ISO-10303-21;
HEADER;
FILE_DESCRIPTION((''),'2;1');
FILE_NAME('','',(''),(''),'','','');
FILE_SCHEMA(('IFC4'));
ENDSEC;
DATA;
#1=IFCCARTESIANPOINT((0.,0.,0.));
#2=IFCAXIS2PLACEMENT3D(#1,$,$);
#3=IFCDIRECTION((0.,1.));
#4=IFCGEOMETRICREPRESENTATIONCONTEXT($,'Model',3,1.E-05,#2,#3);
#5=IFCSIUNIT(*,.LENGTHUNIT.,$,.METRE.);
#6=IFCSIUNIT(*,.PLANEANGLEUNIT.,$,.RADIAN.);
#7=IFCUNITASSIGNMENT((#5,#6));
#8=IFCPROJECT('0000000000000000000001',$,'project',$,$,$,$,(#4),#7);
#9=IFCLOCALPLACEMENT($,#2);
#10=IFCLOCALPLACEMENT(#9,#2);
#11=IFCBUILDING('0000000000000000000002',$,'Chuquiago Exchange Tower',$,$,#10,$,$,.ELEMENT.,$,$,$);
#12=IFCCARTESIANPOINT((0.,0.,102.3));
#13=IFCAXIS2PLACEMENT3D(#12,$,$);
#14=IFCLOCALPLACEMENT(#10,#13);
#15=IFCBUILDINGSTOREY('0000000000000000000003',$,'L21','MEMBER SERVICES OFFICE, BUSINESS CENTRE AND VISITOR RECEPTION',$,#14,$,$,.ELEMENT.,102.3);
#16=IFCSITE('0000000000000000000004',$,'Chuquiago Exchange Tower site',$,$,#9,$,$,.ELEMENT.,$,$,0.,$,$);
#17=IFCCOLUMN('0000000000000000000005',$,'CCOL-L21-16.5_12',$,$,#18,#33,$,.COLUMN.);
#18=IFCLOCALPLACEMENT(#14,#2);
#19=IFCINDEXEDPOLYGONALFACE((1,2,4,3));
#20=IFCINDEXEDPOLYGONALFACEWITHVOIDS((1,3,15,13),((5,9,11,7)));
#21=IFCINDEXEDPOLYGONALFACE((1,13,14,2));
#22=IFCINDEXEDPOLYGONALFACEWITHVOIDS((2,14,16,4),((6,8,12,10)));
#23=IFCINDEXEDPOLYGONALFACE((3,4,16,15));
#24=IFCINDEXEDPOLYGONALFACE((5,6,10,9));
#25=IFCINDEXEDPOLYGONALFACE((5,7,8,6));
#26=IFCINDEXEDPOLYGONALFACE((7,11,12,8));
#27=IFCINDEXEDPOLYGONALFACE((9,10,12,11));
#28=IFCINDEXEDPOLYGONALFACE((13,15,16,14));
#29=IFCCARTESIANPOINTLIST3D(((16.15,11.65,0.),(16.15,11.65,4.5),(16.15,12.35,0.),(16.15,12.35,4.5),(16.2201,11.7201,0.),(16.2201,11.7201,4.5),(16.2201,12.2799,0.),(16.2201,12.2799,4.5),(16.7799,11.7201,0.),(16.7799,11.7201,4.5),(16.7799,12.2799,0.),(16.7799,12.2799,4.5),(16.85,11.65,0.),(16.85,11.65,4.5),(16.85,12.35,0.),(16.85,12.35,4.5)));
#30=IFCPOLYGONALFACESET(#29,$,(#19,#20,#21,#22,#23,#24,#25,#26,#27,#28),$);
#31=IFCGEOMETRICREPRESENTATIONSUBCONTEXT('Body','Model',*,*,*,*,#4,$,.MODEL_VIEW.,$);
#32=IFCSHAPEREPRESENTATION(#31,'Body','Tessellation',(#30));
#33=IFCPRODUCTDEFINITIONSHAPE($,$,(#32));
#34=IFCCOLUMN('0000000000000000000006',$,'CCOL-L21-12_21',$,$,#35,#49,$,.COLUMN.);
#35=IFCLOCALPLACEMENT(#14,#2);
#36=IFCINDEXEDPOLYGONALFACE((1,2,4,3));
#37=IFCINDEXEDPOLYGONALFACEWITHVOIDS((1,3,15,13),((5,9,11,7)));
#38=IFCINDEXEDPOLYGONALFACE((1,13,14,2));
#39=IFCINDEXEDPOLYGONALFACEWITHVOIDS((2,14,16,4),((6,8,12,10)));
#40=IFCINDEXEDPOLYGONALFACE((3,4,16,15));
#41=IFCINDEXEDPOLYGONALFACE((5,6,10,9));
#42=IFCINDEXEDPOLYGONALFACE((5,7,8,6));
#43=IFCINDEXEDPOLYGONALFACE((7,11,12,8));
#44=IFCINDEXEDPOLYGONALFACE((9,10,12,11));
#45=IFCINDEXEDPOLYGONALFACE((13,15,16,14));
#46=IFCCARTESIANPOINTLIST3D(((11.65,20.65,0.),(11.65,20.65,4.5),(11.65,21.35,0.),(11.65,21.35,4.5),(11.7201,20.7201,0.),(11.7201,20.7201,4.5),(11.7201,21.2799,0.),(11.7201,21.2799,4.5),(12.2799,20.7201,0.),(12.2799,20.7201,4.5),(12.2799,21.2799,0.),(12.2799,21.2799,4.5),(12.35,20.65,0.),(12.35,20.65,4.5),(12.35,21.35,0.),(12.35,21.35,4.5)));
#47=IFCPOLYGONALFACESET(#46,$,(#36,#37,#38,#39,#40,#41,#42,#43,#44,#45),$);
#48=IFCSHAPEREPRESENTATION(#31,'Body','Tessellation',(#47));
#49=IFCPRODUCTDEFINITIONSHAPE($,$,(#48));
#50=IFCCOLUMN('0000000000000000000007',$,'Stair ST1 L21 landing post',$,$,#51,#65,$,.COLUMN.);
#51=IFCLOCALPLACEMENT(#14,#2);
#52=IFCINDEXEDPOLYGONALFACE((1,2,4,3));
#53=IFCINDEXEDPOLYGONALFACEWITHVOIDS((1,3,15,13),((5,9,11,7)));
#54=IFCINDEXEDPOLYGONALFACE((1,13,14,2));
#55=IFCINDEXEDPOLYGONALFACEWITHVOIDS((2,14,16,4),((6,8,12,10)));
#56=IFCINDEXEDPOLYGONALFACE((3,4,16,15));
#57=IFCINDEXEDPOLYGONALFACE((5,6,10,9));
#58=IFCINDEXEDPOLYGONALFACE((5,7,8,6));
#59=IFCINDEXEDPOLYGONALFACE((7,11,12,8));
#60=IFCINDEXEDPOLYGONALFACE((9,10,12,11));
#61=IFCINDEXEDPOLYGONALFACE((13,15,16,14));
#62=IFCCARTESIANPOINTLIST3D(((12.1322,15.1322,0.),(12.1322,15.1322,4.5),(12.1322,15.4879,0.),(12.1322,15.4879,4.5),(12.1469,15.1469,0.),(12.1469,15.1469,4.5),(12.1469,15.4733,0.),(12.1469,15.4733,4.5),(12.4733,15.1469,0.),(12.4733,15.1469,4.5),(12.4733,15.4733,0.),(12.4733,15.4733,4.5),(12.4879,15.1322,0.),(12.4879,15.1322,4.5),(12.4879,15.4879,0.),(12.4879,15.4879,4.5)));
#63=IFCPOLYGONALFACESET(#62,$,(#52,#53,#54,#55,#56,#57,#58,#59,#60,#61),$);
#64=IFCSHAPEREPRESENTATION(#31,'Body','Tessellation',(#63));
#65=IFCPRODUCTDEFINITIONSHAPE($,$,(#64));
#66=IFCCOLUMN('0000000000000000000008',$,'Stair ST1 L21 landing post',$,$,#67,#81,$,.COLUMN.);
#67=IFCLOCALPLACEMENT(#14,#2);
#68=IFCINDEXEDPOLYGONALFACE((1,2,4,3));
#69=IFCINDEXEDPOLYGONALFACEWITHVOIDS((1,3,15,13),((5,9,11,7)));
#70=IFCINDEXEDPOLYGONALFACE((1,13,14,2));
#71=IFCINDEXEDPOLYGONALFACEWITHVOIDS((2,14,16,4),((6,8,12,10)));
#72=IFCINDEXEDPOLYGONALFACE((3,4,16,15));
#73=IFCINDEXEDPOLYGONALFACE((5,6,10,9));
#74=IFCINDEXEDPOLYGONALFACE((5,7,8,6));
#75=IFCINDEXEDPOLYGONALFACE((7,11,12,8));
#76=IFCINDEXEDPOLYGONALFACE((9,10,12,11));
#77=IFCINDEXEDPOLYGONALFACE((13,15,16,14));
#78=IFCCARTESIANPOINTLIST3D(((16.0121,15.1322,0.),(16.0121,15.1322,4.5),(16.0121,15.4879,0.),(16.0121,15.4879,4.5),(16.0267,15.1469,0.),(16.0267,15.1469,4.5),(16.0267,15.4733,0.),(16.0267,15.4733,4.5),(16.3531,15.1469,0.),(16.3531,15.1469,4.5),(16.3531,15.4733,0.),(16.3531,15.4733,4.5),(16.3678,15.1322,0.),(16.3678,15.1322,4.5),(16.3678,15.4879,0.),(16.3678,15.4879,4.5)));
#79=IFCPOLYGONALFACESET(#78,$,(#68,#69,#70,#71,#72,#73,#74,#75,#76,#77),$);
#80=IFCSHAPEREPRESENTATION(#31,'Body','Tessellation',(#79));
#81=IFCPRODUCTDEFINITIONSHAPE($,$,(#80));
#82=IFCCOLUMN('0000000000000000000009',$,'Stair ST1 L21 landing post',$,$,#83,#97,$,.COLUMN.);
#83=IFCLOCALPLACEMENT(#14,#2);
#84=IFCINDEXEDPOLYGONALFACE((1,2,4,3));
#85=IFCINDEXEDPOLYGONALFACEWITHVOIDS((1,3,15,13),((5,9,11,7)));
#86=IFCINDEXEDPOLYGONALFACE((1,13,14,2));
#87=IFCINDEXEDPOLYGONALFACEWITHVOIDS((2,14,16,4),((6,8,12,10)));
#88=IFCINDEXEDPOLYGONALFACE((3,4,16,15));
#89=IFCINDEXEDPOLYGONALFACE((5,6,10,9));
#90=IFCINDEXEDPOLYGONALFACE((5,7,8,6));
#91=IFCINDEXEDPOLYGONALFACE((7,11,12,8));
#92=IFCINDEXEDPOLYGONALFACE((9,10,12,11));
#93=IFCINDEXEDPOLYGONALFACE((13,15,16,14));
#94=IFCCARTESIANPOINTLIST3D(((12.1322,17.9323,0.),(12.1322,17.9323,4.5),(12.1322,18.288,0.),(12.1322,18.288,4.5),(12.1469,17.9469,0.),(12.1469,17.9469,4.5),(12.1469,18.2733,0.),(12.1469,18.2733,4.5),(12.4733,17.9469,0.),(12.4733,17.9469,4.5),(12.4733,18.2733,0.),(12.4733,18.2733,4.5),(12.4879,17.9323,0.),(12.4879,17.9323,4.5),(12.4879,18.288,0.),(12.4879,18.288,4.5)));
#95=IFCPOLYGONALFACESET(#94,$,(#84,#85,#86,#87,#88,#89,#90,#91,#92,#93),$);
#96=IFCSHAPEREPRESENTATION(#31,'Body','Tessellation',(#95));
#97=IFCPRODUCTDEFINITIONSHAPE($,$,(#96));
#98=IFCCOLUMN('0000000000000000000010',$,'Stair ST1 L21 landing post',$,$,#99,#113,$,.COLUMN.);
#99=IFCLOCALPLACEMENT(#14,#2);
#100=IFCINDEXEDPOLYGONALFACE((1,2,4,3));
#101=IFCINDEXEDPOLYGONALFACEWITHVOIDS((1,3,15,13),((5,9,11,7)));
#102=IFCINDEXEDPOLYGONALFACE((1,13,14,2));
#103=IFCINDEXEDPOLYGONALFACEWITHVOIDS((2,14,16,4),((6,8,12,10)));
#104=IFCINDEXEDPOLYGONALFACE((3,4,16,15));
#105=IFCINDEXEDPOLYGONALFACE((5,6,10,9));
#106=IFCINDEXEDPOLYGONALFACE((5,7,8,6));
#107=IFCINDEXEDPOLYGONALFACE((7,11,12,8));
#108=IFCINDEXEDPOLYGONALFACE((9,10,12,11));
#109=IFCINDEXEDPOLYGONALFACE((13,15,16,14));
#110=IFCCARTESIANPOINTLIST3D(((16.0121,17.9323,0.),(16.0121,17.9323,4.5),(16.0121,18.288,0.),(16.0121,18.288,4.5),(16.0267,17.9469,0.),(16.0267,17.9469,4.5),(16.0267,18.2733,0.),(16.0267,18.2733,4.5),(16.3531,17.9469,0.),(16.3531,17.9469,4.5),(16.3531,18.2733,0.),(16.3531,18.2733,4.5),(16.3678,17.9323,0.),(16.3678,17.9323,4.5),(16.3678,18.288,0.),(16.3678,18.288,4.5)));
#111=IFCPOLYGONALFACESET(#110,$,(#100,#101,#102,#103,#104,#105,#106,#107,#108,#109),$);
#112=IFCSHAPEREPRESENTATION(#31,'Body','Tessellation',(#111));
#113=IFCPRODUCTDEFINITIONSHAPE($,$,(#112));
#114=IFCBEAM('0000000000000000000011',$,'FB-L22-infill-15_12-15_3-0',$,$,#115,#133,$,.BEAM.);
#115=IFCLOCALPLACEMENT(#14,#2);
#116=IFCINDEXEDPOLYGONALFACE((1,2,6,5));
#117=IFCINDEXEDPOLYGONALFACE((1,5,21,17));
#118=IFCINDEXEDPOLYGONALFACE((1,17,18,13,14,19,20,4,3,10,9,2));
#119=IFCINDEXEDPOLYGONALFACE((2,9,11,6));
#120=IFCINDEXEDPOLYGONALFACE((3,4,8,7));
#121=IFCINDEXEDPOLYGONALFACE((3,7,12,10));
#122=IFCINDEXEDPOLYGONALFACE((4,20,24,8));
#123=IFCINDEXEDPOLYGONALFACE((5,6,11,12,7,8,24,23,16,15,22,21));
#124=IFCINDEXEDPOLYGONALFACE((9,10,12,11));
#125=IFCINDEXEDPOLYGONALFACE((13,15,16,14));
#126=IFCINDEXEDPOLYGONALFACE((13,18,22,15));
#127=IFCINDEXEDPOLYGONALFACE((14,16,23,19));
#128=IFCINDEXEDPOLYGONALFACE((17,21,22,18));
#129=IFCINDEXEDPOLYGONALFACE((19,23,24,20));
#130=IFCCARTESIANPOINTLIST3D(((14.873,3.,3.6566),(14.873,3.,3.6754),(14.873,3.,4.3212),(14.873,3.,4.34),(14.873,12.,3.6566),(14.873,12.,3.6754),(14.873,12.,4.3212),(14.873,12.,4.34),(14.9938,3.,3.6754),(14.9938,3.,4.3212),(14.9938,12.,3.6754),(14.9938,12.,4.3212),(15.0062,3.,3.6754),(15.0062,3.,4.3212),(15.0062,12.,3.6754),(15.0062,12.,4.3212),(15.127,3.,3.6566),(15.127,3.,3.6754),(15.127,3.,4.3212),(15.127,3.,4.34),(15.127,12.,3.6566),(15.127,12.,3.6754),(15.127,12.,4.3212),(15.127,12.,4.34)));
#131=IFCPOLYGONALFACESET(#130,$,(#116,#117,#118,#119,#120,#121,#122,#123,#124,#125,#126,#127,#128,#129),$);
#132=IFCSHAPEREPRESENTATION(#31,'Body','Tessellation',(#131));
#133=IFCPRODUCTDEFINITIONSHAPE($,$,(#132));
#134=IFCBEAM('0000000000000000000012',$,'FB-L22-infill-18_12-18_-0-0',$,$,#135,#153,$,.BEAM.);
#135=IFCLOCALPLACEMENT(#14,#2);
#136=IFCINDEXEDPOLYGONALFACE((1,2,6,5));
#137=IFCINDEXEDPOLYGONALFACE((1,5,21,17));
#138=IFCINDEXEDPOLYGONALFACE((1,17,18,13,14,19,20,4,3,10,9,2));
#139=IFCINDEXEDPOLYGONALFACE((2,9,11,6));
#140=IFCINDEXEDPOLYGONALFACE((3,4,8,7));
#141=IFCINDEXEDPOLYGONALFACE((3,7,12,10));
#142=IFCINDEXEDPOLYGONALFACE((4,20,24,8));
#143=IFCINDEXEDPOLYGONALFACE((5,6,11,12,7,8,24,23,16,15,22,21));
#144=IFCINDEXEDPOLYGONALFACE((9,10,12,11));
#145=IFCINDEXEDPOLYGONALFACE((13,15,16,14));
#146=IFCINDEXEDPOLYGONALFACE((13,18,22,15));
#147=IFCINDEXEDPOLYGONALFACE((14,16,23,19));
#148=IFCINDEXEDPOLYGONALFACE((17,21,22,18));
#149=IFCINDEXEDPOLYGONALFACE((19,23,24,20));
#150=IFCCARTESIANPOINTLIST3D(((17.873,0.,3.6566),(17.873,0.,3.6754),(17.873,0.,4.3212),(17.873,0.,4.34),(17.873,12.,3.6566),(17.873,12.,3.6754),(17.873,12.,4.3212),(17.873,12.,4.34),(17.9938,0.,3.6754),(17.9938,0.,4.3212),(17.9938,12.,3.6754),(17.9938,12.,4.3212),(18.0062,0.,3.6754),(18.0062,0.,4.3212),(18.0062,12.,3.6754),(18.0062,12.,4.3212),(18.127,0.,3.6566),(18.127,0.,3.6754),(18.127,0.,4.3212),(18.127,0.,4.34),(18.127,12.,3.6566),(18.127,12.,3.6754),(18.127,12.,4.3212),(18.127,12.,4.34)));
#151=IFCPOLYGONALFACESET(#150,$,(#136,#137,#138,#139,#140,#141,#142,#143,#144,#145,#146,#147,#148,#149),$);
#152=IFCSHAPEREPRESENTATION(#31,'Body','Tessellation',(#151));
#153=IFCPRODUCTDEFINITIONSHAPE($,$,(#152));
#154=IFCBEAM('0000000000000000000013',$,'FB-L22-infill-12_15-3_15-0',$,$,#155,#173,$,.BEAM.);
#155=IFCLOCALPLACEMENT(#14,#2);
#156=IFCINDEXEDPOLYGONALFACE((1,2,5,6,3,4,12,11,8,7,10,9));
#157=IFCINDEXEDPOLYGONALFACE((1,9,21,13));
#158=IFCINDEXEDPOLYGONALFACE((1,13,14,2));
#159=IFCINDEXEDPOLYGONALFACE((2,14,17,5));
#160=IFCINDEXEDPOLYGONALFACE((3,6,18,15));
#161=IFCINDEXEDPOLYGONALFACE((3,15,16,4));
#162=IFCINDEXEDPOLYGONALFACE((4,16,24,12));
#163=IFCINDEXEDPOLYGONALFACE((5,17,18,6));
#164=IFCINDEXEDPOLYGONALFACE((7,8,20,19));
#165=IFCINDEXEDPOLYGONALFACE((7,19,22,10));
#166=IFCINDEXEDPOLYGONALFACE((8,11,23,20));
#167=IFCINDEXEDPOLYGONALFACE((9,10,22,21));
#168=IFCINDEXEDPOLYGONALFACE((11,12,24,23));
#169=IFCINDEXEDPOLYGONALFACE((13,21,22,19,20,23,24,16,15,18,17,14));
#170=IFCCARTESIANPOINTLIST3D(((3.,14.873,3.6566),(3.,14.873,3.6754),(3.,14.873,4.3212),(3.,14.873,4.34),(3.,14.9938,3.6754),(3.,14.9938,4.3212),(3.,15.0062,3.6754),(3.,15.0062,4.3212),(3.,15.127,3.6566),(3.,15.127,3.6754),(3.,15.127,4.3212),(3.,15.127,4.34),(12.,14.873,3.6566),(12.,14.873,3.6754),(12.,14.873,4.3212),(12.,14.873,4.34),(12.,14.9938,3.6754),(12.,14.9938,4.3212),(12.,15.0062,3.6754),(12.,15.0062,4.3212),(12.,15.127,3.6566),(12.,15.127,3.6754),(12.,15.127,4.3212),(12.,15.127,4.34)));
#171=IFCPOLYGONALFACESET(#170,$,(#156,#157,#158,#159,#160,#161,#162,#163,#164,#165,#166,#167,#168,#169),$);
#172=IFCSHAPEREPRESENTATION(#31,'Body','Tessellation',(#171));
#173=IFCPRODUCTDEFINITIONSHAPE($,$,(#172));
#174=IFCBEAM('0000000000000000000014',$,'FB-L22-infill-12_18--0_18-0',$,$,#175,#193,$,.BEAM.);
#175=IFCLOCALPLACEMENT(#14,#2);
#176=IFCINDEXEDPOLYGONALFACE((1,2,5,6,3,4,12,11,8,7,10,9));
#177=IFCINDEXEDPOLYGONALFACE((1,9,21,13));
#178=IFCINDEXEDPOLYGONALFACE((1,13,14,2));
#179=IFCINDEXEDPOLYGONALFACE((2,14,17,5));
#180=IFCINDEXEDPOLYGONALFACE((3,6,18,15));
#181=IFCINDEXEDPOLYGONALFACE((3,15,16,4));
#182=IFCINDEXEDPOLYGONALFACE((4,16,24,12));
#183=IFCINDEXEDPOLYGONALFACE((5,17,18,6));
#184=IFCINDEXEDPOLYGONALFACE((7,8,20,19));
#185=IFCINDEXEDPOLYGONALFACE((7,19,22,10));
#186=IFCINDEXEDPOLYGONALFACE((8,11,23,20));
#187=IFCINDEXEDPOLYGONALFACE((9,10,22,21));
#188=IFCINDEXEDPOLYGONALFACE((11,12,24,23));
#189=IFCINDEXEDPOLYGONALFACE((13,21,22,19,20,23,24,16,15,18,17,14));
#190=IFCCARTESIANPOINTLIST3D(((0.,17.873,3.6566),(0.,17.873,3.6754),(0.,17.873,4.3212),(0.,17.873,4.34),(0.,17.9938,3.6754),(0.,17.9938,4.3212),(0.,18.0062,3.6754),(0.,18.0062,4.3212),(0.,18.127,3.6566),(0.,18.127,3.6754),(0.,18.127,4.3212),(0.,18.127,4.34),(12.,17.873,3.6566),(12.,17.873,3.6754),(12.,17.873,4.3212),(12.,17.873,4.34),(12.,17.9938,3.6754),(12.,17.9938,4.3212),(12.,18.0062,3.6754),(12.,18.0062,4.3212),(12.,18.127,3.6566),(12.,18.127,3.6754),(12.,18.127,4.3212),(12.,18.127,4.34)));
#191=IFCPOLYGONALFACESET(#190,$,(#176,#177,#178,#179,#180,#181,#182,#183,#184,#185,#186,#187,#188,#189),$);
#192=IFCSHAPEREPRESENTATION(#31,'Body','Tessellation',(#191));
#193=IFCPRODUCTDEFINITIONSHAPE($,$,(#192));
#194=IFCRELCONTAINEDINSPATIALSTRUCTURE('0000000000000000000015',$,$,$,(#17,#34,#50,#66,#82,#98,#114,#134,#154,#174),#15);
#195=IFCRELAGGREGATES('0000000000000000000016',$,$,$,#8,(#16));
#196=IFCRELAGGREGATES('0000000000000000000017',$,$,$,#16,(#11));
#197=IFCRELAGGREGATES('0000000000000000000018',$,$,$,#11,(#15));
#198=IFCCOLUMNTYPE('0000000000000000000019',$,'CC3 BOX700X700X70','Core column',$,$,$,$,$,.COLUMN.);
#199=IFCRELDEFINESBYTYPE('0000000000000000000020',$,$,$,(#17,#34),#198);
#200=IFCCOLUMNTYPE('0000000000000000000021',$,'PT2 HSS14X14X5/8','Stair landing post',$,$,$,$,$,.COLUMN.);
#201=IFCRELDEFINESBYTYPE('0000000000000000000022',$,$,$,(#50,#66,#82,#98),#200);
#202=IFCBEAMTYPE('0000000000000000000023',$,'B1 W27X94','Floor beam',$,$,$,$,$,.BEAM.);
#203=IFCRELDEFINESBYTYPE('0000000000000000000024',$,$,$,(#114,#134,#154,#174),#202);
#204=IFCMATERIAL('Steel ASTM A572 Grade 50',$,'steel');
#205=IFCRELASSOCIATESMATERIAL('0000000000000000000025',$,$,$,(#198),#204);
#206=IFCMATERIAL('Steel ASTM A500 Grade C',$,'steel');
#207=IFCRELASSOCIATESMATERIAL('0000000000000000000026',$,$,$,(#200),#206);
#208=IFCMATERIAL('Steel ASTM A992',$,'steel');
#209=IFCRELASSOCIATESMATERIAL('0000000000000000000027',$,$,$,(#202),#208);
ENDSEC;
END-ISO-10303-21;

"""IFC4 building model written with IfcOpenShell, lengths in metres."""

from ifc_helpers import new_model, si_unit, direction, frame, origin, origin_2d, place, context, subcontext, project, spatial, hollow_rectangle, i_section, extrude, material, material_profile, profile_set, type_object, element, save


model = new_model("IFC4")

# Units and contexts
model_context = context("Model", 3, precision=1e-05, world=origin(), true_north=direction((0.0, 1.0)))
body_context = subcontext(model_context, "Body", "Model", "MODEL_VIEW")
ifc_project = project(units=[si_unit("LENGTHUNIT", "METRE"), si_unit("PLANEANGLEUNIT", "RADIAN")], contexts=[model_context])

# Site, building, storey
site_placement = place(None, origin())
site = spatial("IfcSite", under=ifc_project, at=site_placement, Name="Chuquiago Exchange Tower site", CompositionType="ELEMENT", RefElevation=0.0)
building_placement = place(site_placement, origin())
building = spatial("IfcBuilding", under=site, at=building_placement, Name="Chuquiago Exchange Tower", CompositionType="ELEMENT")
storey_placement = place(building_placement, frame((0.0, 0.0, 102.3)))
storey = spatial("IfcBuildingStorey", under=building, at=storey_placement, Name="L21", Description="MEMBER SERVICES OFFICE, BUSINESS CENTRE AND VISITOR RECEPTION", CompositionType="ELEMENT", Elevation=102.3)

# Columns
ifc_material_1 = material(Name="Steel ASTM A572 Grade 50", Category="steel")
ifc_material_profile_1 = material_profile(ifc_material_1, hollow_rectangle(XDim=0.7, YDim=0.7, WallThickness=0.0701, at=origin_2d()), Name="BOX700X700X70")
ifc_profile_set_1 = profile_set([ifc_material_profile_1], Name="Steel ASTM A572 Grade 50")
column_type_1 = type_object("IfcColumnType", Name="CC3 BOX700X700X70", Description="Core column", PredefinedType="COLUMN", material=ifc_profile_set_1)
for number, where, z_axis, x_axis, name in (
    (1, (16.5, 12.0, 0.0), (0.0, 0.0, 1.0), (1.0, 0.0, 0.0), "CCOL-L21-16.5_12"),
    (2, (12.0, 21.0, 0.0), (0.0, 0.0, 1.0), (1.0, 0.0, 0.0), "CCOL-L21-12_21"),
):
    element("IfcColumn", number, at=place(storey_placement, frame(where, z_axis=z_axis, x_axis=x_axis)), inside=storey, type_object=column_type_1, Name=name, PredefinedType="COLUMN", context=body_context, shape_type="SweptSolid", body=[
        extrude(hollow_rectangle(XDim=0.7, YDim=0.7, WallThickness=0.0701, at=origin_2d()), origin(), (0.0, 0.0, 1.0), 4.5),
    ])
ifc_material_2 = material(Name="Steel ASTM A500 Grade C", Category="steel")
ifc_material_profile_2 = material_profile(ifc_material_2, hollow_rectangle(XDim=0.3557, YDim=0.3557, WallThickness=0.0146, at=origin_2d()), Name="HSS14X14X5/8")
ifc_profile_set_2 = profile_set([ifc_material_profile_2], Name="Steel ASTM A500 Grade C")
column_type_2 = type_object("IfcColumnType", Name="PT2 HSS14X14X5/8", Description="Stair landing post", PredefinedType="COLUMN", material=ifc_profile_set_2)
for number, where, z_axis, x_axis, name in (
    (3, (12.3101, 15.3101, 0.0), (0.0, 0.0, 1.0), (1.0, 0.0, 0.0), "Stair ST1 L21 landing post"),
    (4, (16.1899, 15.3101, 0.0), (0.0, 0.0, 1.0), (1.0, 0.0, 0.0), "Stair ST1 L21 landing post"),
    (5, (12.3101, 18.1101, 0.0), (0.0, 0.0, 1.0), (1.0, 0.0, 0.0), "Stair ST1 L21 landing post"),
    (6, (16.1899, 18.1101, 0.0), (0.0, 0.0, 1.0), (1.0, 0.0, 0.0), "Stair ST1 L21 landing post"),
):
    element("IfcColumn", number, at=place(storey_placement, frame(where, z_axis=z_axis, x_axis=x_axis)), inside=storey, type_object=column_type_2, Name=name, PredefinedType="COLUMN", context=body_context, shape_type="SweptSolid", body=[
        extrude(hollow_rectangle(XDim=0.3557, YDim=0.3557, WallThickness=0.0146, at=origin_2d()), origin(), (0.0, 0.0, 1.0), 4.5),
    ])

# Beams
ifc_material_3 = material(Name="Steel ASTM A992", Category="steel")
ifc_material_profile_3 = material_profile(ifc_material_3, i_section(OverallWidth=0.2539, OverallDepth=0.6833, WebThickness=0.0125, FlangeThickness=0.0188, at=origin_2d()), Name="W27X94")
ifc_profile_set_3 = profile_set([ifc_material_profile_3], Name="Steel ASTM A992")
beam_type_1 = type_object("IfcBeamType", Name="B1 W27X94", Description="Floor beam", PredefinedType="BEAM", material=ifc_profile_set_3)
beam_1_placement = place(storey_placement, frame((15.0, 12.0, 3.9983), z_axis=(0.0, -1.0, 0.0), x_axis=(1.0, 0.0, 0.0)))
element("IfcBeam", 7, at=beam_1_placement, inside=storey, type_object=beam_type_1, Name="FB-L22-infill-15_12-15_3-0", PredefinedType="BEAM", context=body_context, shape_type="SweptSolid", body=[
    extrude(i_section(OverallWidth=0.2539, OverallDepth=0.6833, WebThickness=0.0125, FlangeThickness=0.0188, at=origin_2d()), origin(), (0.0, 0.0, 1.0), 9.0),
])
beam_2_placement = place(storey_placement, frame((18.0, 12.0, 3.9983), z_axis=(0.0, -1.0, 0.0), x_axis=(1.0, 0.0, 0.0)))
element("IfcBeam", 8, at=beam_2_placement, inside=storey, type_object=beam_type_1, Name="FB-L22-infill-18_12-18_-0-0", PredefinedType="BEAM", context=body_context, shape_type="SweptSolid", body=[
    extrude(i_section(OverallWidth=0.2539, OverallDepth=0.6833, WebThickness=0.0125, FlangeThickness=0.0188, at=origin_2d()), origin(), (0.0, 0.0, 1.0), 12.0),
])
beam_3_placement = place(storey_placement, frame((12.0, 15.0, 3.9983), z_axis=(-1.0, 0.0, 0.0), x_axis=(0.0, -1.0, 0.0)))
element("IfcBeam", 9, at=beam_3_placement, inside=storey, type_object=beam_type_1, Name="FB-L22-infill-12_15-3_15-0", PredefinedType="BEAM", context=body_context, shape_type="SweptSolid", body=[
    extrude(i_section(OverallWidth=0.2539, OverallDepth=0.6833, WebThickness=0.0125, FlangeThickness=0.0188, at=origin_2d()), origin(), (0.0, 0.0, 1.0), 9.0),
])
for number, where, z_axis, x_axis, name in (
    (10, (12.0, 18.0, 3.9983), (-1.0, 0.0, 0.0), (0.0, -1.0, 0.0), "FB-L22-infill-12_18--0_18-0"),
):
    element("IfcBeam", number, at=place(storey_placement, frame(where, z_axis=z_axis, x_axis=x_axis)), inside=storey, type_object=beam_type_1, Name=name, PredefinedType="BEAM", context=body_context, shape_type="SweptSolid", body=[
        extrude(i_section(OverallWidth=0.2539, OverallDepth=0.6833, WebThickness=0.0125, FlangeThickness=0.0188, at=origin_2d()), origin(), (0.0, 0.0, 1.0), 12.0),
    ])

save(model, "model.ifc")
